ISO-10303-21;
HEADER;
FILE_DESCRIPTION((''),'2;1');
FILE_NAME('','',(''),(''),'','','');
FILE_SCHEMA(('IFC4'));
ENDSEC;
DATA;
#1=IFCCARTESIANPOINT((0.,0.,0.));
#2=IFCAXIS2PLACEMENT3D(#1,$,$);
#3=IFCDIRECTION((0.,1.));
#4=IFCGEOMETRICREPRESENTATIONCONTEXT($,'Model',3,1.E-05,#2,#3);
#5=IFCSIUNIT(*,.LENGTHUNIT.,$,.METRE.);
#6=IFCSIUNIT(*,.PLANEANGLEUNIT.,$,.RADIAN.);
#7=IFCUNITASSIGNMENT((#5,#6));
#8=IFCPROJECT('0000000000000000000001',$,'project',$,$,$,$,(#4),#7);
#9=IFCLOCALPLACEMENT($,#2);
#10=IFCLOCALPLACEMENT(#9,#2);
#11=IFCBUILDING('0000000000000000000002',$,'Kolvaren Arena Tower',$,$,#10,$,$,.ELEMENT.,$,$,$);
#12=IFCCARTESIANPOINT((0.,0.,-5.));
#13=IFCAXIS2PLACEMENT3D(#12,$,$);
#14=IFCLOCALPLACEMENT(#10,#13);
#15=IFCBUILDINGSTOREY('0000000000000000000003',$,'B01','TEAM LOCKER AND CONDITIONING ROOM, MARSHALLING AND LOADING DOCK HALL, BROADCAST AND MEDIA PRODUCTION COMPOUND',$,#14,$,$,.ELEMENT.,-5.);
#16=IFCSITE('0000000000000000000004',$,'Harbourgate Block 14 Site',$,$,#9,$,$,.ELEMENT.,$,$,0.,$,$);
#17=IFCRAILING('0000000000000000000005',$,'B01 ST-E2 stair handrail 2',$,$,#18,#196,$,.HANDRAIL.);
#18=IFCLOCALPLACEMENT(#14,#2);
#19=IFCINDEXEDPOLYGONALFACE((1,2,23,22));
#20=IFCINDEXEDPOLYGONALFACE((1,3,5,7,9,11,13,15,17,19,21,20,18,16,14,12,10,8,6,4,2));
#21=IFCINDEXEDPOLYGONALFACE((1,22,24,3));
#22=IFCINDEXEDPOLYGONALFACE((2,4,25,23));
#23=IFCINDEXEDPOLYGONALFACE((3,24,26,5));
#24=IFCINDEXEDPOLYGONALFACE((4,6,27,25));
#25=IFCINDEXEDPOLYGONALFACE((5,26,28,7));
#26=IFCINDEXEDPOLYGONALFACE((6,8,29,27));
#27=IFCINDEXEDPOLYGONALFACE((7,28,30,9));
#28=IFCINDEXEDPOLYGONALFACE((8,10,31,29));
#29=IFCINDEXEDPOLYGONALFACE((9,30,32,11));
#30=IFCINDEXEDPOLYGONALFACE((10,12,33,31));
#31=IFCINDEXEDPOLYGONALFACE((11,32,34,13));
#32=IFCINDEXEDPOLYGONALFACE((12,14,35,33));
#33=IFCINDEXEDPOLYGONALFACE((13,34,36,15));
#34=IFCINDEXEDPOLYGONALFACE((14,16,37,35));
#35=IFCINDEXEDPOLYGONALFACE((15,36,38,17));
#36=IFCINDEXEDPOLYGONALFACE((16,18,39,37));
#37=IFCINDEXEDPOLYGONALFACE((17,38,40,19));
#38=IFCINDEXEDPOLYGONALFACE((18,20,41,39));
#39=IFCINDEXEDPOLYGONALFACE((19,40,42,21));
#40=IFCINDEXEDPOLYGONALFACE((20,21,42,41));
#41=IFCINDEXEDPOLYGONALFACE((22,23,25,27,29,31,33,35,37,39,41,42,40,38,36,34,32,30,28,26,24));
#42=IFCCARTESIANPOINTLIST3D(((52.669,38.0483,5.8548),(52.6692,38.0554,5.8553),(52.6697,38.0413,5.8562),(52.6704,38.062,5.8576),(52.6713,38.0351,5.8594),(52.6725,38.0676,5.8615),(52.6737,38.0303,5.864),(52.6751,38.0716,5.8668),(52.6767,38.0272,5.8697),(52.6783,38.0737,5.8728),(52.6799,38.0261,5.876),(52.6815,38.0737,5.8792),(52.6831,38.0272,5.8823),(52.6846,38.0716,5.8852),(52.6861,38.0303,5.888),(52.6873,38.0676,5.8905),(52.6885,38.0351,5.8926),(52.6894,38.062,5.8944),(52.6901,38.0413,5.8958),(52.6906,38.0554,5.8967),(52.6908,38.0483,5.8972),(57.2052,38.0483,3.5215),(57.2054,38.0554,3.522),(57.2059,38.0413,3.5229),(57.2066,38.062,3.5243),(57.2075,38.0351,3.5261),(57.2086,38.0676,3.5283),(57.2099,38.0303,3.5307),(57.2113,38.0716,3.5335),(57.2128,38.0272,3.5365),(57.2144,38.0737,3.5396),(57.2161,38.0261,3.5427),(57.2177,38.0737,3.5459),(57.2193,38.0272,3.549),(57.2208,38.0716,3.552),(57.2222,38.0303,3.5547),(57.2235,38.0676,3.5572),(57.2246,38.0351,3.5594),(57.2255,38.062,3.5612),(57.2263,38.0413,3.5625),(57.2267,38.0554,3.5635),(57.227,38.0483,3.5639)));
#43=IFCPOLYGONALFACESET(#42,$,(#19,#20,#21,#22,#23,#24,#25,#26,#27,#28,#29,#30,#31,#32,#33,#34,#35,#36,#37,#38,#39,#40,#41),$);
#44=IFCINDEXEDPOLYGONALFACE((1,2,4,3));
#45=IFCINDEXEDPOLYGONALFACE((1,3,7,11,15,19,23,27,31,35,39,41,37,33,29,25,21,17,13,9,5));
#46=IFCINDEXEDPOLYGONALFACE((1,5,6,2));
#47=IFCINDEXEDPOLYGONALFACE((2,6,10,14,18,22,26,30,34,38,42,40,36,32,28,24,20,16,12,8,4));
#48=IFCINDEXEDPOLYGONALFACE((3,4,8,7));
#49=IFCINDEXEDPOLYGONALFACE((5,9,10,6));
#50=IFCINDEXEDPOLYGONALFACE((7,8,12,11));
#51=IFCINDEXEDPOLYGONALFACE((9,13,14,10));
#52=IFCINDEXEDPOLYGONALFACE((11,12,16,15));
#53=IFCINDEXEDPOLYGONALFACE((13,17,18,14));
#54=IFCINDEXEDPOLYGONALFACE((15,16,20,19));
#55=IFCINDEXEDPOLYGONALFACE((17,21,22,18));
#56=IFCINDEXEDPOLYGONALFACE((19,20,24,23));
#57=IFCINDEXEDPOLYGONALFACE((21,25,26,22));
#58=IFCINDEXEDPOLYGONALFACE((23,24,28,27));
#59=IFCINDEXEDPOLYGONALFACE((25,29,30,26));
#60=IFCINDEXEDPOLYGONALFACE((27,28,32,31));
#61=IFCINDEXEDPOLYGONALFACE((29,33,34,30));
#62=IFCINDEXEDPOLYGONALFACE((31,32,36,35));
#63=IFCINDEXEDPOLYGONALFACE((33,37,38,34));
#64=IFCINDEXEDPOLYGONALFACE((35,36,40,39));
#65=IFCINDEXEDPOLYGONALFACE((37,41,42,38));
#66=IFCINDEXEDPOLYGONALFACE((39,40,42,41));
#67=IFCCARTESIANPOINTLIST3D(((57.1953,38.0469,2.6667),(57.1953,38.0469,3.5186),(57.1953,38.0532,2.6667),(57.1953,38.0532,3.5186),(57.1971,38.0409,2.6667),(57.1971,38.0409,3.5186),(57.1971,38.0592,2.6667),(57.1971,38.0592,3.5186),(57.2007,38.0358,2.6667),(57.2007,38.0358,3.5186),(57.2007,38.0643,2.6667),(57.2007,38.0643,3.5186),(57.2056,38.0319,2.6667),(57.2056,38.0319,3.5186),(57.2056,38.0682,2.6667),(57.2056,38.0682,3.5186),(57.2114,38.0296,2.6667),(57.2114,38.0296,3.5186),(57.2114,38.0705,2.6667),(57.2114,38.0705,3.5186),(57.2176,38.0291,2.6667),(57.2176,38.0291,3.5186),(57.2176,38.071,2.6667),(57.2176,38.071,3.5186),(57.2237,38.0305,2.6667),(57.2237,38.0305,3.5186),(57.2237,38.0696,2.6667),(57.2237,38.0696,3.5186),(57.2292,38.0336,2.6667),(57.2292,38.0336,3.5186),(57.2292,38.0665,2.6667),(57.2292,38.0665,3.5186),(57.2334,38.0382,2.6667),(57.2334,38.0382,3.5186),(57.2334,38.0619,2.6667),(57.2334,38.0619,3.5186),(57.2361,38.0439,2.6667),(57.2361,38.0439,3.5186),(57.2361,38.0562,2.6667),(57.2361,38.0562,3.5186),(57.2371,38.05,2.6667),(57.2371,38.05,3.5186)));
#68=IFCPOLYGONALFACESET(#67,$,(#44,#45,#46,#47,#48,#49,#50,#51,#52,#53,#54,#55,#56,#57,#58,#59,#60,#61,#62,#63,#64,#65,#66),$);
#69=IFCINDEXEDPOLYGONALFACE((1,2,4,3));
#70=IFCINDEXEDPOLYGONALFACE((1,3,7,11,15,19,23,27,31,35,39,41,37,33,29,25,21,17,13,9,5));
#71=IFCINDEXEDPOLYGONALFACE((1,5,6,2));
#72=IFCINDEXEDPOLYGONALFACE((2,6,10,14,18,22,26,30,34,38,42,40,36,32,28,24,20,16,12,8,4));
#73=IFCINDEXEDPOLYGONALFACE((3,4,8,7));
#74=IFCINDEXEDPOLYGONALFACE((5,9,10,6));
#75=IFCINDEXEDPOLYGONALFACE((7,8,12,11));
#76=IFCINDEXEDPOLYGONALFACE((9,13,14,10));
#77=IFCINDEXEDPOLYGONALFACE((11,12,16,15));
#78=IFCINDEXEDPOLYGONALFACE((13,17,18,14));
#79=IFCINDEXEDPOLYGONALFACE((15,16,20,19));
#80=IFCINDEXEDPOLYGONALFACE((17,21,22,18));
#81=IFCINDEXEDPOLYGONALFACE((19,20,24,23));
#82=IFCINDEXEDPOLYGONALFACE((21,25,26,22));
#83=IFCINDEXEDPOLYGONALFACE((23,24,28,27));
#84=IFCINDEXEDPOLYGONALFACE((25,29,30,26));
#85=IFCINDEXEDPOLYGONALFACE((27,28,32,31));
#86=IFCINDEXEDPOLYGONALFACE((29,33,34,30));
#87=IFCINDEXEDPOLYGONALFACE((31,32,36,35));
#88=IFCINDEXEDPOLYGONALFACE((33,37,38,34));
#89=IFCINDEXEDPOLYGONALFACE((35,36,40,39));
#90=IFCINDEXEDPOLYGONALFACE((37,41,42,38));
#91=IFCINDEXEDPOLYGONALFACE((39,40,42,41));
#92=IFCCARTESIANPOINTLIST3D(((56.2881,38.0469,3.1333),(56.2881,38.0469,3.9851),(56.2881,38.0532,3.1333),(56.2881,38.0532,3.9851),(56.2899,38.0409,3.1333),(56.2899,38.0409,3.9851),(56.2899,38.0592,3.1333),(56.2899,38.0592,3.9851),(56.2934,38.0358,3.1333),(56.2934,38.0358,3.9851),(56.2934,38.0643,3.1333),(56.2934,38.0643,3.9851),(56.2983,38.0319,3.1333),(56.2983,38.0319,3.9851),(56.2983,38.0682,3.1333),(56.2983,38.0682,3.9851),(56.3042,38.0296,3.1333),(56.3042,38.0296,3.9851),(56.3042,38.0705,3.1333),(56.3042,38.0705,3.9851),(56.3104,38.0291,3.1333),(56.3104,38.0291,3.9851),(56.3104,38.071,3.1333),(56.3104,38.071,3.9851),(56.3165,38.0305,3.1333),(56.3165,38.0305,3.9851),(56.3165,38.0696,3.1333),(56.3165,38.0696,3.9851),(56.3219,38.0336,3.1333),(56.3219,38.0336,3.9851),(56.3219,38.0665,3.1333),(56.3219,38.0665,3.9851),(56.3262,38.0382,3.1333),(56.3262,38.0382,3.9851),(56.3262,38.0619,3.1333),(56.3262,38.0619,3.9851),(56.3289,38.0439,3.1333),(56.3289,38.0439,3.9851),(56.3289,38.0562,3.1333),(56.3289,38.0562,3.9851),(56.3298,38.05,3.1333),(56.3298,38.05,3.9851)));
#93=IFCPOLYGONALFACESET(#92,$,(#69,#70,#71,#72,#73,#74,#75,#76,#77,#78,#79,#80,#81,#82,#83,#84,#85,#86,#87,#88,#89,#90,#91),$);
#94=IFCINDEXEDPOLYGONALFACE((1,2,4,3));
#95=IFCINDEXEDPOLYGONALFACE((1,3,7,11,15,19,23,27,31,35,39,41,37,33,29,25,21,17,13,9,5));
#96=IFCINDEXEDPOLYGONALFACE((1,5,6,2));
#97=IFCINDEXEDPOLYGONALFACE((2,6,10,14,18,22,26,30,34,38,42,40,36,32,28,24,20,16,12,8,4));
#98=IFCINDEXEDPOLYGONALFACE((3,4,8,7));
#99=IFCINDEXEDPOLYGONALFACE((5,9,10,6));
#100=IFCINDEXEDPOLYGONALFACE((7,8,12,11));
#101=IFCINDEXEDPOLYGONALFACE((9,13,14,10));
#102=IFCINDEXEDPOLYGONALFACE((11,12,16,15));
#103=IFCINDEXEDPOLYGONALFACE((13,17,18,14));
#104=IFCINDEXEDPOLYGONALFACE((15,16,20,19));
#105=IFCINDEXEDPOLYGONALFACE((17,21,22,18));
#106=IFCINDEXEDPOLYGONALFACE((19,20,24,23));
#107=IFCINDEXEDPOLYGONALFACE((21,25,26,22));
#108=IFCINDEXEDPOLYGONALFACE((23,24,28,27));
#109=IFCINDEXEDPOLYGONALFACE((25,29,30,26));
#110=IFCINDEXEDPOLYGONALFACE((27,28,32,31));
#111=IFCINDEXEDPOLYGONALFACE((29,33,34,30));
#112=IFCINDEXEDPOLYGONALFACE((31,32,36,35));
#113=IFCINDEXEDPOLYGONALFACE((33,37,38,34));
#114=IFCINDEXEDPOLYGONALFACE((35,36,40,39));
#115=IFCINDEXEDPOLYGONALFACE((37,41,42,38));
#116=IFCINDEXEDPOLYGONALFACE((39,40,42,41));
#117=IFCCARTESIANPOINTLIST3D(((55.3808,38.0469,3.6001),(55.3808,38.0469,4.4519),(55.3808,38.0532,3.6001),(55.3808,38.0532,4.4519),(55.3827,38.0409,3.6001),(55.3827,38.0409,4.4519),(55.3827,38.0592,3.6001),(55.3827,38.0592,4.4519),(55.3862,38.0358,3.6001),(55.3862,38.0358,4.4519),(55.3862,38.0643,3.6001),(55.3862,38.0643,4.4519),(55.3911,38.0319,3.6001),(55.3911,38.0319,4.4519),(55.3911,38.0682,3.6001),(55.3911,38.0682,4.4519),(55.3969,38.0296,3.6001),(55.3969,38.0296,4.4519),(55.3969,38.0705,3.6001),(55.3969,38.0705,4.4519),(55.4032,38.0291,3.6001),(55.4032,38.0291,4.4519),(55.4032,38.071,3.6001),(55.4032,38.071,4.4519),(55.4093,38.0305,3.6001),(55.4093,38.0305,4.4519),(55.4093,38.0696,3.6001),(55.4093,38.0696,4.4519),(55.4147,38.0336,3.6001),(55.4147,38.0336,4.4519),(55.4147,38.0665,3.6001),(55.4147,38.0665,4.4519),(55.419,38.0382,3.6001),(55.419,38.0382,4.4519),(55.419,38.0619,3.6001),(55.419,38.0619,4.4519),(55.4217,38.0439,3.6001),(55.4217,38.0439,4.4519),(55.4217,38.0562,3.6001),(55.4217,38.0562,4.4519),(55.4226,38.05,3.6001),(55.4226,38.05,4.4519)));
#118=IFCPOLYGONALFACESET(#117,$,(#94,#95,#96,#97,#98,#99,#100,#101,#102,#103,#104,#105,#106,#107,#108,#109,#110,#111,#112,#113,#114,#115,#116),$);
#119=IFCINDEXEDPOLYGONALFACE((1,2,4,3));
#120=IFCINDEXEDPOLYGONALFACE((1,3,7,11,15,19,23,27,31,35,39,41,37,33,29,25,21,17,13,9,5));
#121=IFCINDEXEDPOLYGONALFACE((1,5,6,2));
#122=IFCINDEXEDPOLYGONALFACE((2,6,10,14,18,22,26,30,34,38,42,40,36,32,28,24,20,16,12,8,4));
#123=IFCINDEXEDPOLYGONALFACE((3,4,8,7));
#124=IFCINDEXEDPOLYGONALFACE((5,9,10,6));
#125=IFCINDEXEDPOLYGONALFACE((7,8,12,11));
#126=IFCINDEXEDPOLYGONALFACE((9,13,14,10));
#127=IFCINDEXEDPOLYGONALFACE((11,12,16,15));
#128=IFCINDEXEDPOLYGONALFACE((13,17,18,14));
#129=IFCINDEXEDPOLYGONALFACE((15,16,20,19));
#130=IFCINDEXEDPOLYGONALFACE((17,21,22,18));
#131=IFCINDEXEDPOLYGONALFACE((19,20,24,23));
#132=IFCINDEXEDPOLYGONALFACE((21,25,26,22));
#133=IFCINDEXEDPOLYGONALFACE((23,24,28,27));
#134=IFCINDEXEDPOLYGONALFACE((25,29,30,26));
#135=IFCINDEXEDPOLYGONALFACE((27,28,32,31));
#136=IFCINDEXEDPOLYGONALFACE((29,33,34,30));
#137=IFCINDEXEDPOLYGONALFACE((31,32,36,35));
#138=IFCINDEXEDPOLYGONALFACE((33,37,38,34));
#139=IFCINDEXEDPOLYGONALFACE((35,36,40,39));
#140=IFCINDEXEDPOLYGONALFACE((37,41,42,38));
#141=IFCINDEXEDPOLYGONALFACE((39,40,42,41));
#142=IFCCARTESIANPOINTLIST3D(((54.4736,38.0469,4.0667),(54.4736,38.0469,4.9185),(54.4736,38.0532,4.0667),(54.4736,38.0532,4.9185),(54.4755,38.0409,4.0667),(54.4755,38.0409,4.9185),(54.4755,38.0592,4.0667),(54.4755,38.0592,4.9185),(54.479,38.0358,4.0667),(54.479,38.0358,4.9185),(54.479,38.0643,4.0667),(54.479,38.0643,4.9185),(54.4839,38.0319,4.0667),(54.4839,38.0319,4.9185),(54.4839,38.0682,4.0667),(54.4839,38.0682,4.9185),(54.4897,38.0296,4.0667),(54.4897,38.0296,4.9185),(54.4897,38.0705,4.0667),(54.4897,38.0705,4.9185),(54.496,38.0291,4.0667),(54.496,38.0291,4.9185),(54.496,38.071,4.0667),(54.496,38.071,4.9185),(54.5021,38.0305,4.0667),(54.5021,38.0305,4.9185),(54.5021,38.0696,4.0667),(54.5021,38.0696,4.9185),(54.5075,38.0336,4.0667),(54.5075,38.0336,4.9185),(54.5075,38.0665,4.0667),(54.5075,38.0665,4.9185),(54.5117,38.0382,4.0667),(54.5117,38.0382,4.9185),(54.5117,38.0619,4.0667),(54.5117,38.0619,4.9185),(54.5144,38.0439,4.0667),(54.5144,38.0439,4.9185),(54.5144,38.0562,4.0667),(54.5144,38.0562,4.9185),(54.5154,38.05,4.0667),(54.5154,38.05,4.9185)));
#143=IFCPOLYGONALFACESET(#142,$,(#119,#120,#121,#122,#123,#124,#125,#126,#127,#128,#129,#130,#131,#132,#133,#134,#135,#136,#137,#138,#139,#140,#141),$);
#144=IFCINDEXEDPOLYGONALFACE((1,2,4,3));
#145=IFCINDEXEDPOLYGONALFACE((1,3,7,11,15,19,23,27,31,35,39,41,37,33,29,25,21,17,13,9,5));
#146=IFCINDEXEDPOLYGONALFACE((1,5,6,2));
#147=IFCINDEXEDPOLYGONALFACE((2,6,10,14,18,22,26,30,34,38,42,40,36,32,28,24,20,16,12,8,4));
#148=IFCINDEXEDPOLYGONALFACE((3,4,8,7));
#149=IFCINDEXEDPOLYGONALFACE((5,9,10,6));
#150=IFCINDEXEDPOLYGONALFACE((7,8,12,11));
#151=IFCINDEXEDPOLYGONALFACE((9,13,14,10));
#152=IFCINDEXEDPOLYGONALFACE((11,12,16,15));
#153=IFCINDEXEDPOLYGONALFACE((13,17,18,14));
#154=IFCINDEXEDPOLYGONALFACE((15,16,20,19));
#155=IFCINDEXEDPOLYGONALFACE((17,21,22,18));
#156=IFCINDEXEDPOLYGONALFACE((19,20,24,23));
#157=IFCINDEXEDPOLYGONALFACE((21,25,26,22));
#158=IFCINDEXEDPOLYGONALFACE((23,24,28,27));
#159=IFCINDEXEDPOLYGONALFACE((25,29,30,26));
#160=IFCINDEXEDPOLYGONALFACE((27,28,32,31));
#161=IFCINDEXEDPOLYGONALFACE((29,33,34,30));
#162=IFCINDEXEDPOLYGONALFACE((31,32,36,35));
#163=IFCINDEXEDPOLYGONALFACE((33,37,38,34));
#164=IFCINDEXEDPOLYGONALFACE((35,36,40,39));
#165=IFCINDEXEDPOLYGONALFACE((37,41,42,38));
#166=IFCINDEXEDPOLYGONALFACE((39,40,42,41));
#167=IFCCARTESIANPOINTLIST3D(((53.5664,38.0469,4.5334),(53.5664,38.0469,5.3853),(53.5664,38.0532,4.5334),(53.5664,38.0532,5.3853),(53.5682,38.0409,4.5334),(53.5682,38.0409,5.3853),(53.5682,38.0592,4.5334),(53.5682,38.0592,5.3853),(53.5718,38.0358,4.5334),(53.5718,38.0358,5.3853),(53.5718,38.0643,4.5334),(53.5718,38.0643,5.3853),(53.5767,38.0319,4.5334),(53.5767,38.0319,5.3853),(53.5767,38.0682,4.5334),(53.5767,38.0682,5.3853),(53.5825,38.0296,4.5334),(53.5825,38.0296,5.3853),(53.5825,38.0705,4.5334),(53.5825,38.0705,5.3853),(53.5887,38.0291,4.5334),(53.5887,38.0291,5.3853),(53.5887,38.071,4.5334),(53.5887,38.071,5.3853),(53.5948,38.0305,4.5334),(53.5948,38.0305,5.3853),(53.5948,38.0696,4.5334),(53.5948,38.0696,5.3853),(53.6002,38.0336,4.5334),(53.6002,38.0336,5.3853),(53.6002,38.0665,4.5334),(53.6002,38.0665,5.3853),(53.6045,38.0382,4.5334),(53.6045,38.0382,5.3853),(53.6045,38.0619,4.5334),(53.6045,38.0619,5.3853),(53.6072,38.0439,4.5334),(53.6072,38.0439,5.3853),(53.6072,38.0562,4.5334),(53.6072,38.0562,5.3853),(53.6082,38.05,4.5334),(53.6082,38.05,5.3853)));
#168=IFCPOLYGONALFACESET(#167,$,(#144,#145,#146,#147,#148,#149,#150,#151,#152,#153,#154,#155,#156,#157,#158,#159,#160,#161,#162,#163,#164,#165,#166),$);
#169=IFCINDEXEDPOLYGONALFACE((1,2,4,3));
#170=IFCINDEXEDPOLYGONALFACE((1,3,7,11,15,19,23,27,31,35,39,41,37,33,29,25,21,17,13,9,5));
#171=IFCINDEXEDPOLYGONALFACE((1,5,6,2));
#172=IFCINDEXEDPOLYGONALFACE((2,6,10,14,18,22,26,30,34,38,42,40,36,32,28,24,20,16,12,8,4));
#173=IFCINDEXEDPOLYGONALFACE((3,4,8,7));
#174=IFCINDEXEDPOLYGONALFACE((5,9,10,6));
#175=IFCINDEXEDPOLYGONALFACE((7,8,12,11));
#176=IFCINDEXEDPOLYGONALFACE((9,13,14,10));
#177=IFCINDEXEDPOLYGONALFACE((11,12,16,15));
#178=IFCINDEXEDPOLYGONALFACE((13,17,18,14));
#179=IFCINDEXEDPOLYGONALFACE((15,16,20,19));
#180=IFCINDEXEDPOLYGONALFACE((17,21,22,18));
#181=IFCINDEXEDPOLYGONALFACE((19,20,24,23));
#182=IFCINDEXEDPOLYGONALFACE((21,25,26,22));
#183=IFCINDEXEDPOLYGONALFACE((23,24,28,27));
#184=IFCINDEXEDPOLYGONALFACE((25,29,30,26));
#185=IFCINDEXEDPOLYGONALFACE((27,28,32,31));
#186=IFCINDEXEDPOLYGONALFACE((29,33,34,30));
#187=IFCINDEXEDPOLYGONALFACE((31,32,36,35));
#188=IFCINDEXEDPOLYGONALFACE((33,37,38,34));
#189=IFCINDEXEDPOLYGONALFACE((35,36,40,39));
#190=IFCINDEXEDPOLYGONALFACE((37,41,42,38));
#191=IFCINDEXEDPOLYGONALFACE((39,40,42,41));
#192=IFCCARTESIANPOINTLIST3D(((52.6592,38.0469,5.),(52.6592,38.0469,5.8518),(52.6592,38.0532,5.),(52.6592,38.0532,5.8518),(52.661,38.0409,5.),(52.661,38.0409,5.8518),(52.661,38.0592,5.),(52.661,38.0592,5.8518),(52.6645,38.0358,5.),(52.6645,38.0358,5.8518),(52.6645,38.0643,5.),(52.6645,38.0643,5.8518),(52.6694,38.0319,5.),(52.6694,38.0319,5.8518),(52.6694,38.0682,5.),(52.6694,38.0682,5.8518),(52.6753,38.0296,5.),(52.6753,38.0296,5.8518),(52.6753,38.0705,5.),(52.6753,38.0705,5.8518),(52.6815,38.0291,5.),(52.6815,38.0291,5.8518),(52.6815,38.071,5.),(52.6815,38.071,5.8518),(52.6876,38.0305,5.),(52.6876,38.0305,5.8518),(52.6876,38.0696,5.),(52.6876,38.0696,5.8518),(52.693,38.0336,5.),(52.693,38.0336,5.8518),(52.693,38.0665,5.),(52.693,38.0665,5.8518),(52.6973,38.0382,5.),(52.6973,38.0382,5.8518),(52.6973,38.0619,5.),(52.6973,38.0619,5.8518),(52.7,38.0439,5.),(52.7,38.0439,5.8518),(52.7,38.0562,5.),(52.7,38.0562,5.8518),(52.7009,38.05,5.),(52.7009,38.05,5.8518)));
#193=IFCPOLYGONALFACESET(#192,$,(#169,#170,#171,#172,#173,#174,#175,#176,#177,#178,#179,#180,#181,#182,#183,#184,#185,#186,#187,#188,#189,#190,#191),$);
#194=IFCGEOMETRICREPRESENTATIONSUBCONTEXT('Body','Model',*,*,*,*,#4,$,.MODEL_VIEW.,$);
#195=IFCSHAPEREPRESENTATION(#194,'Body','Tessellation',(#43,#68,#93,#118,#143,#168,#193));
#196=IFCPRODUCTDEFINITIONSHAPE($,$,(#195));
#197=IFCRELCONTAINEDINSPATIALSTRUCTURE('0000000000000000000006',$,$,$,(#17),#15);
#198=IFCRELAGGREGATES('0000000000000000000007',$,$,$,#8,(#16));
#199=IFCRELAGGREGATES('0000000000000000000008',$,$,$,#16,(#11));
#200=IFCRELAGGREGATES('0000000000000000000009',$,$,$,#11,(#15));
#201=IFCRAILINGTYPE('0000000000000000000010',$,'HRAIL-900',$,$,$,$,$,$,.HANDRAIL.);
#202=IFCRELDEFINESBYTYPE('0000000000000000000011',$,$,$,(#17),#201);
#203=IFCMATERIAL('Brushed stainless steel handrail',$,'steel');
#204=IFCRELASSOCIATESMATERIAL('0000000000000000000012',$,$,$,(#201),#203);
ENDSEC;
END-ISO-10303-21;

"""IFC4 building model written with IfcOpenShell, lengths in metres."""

from ifc_helpers import new_model, si_unit, direction, frame, origin, origin_2d, place, context, subcontext, project, spatial, circle, extrude, material, type_object, element, save


model = new_model("IFC4")

# Units and contexts
model_context = context("Model", 3, precision=1e-05, world=origin(), true_north=direction((0.0, 1.0)))
body_context = subcontext(model_context, "Body", "Model", "MODEL_VIEW")
ifc_project = project(units=[si_unit("LENGTHUNIT", "METRE"), si_unit("PLANEANGLEUNIT", "RADIAN")], contexts=[model_context])

# Site, building, storey
site_placement = place(None, origin())
site = spatial("IfcSite", under=ifc_project, at=site_placement, Name="Harbourgate Block 14 Site", CompositionType="ELEMENT", RefElevation=0.0)
building_placement = place(site_placement, origin())
building = spatial("IfcBuilding", under=site, at=building_placement, Name="Kolvaren Arena Tower", CompositionType="ELEMENT")
storey_placement = place(building_placement, frame((0.0, 0.0, -5.0)))
storey = spatial("IfcBuildingStorey", under=building, at=storey_placement, Name="B01", Description="TEAM LOCKER AND CONDITIONING ROOM, MARSHALLING AND LOADING DOCK HALL, BROADCAST AND MEDIA PRODUCTION COMPOUND", CompositionType="ELEMENT", Elevation=-5.0)

# Railing
ifc_material_1 = material(Name="Brushed stainless steel handrail", Category="steel")
railing_type_1 = type_object("IfcRailingType", Name="HRAIL-900", PredefinedType="HANDRAIL", material=ifc_material_1)
railing_1_placement = place(storey_placement, frame((57.2161, 38.05, 2.6667)))
element("IfcRailing", 1, at=railing_1_placement, inside=storey, type_object=railing_type_1, Name="B01 ST-E2 stair handrail 2", PredefinedType="HANDRAIL", context=body_context, shape_type="SweptSolid", body=[
    extrude(circle(Radius=0.0239, at=origin_2d()), frame((0.0, 0.0, 0.876), z_axis=(-0.889257, 0.0, 0.457407), x_axis=(0.0, -1.0, 0.0)), (0.0, 0.0, 1.0), 5.1011),
    extrude(circle(Radius=0.021, at=origin_2d()), origin(), (0.0, 0.0, 1.0), 0.8518),
    extrude(circle(Radius=0.021, at=origin_2d()), frame((-0.9072, 0.0, 0.4666)), (0.0, 0.0, 1.0), 0.8518),
    extrude(circle(Radius=0.021, at=origin_2d()), frame((-1.8145, 0.0, 0.9333)), (0.0, 0.0, 1.0), 0.8518),
    extrude(circle(Radius=0.021, at=origin_2d()), frame((-2.7217, 0.0, 1.3999)), (0.0, 0.0, 1.0), 0.8518),
    extrude(circle(Radius=0.021, at=origin_2d()), frame((-3.6289, 0.0, 1.8667)), (0.0, 0.0, 1.0), 0.8518),
    extrude(circle(Radius=0.021, at=origin_2d()), frame((-4.5361, 0.0, 2.3333)), (0.0, 0.0, 1.0), 0.8518),
])

save(model, "model.ifc")
